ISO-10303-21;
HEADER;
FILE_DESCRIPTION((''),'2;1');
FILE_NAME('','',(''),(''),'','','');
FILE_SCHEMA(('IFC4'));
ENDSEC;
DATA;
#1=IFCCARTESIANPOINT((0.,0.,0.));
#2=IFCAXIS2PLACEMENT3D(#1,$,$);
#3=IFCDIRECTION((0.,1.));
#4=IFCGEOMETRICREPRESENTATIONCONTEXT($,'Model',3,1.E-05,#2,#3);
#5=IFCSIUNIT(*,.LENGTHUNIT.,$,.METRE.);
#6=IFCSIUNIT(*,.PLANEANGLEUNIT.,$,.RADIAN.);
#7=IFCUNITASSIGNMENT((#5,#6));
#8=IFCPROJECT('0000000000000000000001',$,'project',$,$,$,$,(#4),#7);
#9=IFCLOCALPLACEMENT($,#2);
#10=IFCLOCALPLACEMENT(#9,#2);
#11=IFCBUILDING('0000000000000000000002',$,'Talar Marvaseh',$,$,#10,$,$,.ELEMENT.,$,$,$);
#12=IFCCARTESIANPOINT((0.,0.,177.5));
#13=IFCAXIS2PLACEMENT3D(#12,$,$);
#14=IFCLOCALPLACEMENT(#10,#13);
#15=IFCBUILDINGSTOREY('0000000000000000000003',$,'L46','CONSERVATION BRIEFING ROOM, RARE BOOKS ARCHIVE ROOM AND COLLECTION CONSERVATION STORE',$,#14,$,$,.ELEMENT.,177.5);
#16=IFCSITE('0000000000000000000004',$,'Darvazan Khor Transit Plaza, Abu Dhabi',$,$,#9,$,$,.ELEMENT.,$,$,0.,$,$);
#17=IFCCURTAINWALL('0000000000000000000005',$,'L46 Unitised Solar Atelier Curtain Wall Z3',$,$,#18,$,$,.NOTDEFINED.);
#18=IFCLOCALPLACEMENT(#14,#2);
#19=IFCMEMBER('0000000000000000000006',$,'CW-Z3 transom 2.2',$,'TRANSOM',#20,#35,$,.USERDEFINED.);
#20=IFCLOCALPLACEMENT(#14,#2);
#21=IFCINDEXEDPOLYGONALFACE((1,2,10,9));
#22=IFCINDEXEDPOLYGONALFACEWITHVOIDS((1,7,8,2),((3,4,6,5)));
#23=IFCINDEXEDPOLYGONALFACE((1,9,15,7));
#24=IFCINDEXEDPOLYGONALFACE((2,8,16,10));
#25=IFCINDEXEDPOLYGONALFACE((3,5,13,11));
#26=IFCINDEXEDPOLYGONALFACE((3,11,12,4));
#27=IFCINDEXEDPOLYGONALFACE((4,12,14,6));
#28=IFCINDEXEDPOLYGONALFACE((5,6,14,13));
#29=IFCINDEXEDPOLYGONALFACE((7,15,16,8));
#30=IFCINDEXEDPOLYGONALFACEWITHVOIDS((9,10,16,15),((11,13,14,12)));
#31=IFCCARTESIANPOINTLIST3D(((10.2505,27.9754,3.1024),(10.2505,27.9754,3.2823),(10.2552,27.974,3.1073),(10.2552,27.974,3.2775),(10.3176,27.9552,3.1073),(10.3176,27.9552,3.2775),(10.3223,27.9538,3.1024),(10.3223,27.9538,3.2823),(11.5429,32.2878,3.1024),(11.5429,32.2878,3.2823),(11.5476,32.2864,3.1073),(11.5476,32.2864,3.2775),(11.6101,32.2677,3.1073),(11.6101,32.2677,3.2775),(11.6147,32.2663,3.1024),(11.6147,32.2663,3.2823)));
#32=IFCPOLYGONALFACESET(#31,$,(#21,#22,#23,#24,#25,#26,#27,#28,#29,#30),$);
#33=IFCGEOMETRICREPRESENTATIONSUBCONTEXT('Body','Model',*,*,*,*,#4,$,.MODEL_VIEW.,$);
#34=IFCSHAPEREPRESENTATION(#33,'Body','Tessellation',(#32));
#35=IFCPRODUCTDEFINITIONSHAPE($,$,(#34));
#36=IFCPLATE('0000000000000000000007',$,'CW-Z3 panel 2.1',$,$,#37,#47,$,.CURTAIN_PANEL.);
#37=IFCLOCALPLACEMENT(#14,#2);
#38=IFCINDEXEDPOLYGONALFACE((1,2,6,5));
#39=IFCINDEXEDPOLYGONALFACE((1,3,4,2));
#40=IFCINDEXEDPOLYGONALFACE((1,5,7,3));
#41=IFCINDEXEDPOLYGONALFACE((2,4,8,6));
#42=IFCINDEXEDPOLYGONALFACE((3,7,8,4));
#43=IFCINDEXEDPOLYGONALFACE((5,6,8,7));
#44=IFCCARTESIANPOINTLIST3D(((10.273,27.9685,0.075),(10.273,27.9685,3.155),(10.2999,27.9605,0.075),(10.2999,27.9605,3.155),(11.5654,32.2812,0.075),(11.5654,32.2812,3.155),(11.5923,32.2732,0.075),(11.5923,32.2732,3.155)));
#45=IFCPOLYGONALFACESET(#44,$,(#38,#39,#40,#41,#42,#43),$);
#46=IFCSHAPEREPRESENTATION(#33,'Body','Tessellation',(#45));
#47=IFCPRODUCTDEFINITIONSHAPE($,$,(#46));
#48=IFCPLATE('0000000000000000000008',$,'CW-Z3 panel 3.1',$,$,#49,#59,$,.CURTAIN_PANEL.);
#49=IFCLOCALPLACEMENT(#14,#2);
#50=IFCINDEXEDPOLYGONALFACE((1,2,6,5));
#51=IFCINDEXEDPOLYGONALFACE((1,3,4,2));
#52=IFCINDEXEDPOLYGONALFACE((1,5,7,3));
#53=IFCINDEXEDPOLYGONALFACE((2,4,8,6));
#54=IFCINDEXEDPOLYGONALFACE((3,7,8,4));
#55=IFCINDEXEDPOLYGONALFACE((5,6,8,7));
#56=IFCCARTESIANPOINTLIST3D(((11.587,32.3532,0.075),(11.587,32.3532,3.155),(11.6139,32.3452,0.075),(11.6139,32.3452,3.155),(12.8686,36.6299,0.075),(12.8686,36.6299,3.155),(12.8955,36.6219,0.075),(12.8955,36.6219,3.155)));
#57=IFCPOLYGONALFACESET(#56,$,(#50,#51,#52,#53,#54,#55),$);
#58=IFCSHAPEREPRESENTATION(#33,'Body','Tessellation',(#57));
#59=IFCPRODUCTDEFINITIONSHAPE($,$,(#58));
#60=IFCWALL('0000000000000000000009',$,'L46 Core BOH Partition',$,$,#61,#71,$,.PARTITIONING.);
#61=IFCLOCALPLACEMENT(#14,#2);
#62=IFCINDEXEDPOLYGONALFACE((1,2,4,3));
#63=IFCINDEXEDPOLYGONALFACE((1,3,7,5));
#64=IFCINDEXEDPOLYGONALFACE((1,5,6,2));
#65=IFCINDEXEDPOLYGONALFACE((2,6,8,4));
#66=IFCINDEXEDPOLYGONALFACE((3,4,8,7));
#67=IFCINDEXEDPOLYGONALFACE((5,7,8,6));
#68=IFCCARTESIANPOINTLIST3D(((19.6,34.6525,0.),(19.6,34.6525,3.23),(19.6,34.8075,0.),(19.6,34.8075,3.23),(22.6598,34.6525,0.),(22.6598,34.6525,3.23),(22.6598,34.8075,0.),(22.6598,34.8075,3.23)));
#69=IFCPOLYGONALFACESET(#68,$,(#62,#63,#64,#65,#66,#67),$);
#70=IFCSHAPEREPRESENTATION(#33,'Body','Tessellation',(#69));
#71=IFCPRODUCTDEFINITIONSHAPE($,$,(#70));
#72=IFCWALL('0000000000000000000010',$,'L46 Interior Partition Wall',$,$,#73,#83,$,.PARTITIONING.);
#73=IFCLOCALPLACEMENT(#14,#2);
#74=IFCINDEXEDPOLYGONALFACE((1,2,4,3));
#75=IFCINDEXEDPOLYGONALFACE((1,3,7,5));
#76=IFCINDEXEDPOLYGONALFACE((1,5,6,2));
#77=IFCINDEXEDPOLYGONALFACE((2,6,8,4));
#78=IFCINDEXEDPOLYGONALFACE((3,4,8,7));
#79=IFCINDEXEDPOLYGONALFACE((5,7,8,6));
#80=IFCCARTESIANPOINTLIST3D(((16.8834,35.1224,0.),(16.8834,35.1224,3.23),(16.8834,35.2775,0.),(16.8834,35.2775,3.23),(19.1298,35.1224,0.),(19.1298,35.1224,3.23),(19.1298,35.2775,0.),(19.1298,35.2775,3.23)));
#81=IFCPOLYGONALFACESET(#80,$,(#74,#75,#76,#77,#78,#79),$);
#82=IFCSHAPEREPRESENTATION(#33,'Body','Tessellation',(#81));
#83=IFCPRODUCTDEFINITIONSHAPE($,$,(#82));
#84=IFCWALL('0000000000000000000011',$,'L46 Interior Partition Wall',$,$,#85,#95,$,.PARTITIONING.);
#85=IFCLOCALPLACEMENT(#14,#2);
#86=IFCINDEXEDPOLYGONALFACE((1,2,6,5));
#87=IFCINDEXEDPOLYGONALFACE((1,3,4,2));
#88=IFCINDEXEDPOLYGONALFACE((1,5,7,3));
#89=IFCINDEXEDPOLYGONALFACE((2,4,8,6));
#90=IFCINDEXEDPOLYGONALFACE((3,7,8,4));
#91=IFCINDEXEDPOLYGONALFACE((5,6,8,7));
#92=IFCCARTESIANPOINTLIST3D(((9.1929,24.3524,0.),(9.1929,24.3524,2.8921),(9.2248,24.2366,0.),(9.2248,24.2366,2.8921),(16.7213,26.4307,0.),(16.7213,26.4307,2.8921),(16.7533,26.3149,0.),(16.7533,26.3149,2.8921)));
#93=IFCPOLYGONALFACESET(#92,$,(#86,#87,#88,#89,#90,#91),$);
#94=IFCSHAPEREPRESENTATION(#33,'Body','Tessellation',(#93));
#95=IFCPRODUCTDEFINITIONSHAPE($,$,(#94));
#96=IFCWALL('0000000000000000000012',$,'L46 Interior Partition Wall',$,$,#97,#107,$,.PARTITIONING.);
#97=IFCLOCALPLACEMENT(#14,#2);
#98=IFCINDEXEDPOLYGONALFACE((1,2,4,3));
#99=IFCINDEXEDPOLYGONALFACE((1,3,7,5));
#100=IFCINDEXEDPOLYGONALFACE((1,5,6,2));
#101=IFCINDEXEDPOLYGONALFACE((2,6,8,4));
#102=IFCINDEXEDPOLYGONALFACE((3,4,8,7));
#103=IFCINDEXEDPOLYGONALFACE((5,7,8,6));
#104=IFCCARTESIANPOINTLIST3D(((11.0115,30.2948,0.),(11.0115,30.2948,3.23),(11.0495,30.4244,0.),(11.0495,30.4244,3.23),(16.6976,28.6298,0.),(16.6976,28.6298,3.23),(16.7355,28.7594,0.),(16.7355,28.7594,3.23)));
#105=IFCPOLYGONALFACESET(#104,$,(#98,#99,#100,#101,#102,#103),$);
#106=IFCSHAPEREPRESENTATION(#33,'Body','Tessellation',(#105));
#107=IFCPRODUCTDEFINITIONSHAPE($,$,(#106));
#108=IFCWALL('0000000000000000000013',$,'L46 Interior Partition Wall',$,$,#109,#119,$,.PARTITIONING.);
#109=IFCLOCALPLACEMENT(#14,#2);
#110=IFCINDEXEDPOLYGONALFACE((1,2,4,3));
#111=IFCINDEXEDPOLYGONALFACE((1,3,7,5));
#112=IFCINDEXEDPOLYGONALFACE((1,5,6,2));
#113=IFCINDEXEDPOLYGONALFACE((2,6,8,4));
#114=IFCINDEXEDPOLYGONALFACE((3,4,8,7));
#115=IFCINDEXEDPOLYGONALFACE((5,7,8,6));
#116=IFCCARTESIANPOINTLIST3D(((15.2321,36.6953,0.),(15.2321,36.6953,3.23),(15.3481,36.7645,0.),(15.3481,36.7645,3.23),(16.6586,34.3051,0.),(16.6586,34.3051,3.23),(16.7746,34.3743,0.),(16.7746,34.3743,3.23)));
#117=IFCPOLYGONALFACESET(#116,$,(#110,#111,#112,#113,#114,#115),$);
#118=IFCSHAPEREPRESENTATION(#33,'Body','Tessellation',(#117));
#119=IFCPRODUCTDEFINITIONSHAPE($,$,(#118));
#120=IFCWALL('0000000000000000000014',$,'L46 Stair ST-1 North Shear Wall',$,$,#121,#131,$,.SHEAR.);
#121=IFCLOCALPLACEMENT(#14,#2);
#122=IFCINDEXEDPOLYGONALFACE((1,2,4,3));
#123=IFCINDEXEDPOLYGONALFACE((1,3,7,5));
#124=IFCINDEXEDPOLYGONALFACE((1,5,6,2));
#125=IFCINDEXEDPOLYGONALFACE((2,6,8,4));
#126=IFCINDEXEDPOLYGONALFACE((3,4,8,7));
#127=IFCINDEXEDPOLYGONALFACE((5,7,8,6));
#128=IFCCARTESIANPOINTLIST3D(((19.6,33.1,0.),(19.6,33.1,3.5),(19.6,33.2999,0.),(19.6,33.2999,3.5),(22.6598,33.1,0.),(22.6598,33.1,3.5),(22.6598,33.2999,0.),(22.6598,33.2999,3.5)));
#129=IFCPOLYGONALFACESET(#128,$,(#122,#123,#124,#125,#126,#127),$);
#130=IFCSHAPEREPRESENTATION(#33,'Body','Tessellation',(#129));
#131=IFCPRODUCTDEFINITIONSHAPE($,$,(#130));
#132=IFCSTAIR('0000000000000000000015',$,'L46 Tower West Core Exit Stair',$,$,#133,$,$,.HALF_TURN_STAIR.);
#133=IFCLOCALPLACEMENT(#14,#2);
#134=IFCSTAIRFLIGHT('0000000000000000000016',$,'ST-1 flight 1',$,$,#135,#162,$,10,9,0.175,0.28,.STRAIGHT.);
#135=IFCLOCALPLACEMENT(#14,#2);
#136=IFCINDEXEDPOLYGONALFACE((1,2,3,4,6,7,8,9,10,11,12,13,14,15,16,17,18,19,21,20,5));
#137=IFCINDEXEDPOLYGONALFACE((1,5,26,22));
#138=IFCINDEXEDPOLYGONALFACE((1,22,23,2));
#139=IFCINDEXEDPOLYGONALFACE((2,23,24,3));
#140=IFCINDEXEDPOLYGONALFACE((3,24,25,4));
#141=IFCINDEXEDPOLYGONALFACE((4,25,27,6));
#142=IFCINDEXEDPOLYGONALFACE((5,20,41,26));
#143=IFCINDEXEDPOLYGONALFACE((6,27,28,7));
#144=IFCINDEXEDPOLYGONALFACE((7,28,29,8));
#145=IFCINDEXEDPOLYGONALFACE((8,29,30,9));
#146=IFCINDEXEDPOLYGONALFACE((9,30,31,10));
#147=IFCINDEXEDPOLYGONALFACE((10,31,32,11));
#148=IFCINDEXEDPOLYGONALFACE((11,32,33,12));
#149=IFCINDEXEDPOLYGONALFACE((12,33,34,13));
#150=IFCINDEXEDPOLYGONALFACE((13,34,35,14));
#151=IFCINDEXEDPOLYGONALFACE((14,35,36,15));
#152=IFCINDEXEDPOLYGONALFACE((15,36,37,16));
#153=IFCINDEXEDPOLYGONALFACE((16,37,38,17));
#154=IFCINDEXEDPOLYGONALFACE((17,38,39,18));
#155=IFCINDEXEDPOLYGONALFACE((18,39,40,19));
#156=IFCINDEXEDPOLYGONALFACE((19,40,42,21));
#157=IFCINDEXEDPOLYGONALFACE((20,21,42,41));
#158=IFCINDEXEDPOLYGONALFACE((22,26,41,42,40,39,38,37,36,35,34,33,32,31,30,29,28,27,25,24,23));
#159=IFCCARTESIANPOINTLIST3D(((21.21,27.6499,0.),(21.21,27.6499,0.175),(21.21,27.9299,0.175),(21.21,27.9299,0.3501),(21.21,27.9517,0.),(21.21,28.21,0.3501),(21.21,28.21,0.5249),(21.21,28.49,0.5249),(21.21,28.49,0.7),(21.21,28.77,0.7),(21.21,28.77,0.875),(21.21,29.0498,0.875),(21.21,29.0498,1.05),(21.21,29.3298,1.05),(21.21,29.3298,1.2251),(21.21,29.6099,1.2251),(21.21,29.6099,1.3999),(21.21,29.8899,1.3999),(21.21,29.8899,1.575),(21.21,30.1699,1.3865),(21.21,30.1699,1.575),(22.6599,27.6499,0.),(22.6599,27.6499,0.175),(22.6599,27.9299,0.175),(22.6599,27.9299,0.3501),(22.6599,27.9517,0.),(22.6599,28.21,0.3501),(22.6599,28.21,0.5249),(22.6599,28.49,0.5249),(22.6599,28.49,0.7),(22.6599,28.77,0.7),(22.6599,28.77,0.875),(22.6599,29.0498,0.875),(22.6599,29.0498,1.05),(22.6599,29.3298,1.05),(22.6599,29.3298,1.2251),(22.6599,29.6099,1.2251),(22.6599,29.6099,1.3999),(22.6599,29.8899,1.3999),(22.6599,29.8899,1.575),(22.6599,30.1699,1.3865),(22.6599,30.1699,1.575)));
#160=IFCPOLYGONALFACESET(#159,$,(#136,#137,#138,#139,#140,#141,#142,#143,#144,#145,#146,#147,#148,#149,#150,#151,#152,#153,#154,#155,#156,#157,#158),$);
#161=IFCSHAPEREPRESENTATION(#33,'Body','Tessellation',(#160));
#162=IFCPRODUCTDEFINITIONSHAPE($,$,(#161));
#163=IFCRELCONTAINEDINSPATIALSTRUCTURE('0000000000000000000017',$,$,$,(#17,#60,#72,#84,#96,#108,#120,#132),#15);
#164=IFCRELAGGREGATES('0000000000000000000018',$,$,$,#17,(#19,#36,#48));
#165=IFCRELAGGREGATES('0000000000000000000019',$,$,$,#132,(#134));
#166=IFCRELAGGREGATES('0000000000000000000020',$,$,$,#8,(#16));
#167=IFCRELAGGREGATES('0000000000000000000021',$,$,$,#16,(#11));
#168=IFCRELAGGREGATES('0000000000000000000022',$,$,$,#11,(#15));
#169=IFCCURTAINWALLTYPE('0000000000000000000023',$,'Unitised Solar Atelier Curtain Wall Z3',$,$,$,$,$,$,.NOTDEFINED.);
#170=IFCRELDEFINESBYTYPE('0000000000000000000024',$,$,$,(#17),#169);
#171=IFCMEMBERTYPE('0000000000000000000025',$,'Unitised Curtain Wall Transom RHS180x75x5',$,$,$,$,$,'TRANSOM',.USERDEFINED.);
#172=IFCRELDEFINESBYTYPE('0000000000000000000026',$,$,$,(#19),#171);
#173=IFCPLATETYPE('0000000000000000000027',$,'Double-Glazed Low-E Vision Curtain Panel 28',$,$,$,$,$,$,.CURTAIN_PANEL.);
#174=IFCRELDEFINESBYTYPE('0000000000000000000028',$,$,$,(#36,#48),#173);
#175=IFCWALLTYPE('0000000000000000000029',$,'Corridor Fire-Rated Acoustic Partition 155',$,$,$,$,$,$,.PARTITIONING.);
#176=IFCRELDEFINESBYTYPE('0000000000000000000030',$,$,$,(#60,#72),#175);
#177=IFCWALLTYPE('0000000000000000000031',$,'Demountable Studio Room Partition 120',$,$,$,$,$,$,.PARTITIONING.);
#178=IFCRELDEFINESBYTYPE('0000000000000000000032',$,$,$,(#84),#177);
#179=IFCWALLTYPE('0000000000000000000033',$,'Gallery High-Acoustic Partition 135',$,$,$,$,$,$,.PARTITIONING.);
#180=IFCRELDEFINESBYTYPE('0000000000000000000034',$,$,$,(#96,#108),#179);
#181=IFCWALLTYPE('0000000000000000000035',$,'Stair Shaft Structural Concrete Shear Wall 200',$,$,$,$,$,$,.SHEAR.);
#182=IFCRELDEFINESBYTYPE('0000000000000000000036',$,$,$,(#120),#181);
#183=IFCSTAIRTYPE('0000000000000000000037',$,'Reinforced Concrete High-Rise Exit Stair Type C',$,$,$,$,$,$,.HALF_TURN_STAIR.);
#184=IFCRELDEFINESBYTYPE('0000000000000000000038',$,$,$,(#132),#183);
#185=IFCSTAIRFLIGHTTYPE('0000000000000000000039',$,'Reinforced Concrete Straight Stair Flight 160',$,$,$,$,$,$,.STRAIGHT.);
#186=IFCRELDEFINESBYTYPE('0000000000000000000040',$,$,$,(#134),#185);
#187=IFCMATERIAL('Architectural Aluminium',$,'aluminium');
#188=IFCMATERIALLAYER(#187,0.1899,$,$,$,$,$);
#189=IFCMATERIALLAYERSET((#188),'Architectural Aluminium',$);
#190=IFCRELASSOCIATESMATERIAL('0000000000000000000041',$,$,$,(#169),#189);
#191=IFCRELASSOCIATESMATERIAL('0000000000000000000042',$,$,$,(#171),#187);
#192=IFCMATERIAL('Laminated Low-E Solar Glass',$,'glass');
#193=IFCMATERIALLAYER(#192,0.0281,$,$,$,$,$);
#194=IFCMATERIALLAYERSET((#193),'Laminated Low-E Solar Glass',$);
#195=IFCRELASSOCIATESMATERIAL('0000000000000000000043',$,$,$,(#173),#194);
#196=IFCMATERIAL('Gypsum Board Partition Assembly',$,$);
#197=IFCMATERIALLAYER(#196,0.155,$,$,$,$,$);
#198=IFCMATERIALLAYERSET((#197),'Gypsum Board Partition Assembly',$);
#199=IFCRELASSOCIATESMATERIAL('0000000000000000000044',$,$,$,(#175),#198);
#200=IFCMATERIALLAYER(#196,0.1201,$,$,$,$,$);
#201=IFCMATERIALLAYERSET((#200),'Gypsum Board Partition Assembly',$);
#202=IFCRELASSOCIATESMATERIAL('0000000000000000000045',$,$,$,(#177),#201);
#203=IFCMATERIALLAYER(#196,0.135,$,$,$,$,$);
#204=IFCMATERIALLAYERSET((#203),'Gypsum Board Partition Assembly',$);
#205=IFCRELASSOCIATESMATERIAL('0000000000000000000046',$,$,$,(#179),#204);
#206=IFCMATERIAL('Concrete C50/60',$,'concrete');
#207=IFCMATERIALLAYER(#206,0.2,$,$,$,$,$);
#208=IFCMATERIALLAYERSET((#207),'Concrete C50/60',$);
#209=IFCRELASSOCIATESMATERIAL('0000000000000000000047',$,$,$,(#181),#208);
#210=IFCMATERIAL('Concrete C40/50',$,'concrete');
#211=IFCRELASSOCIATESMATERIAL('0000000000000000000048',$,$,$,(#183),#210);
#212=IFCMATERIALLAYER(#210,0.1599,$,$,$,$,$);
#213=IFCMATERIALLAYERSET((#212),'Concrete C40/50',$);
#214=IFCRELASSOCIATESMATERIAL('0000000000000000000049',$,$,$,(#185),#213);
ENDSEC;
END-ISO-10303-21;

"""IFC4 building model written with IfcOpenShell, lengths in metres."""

from ifc_helpers import new_model, si_unit, direction, frame, frame_2d, origin, origin_2d, place, context, subcontext, project, spatial, polyline, rectangle, hollow_rectangle, outline, extrude, source, transform, mapped, material, layer, layer_set, material_profile, profile_set, type_object, type_shapes, element, aggregate, save


model = new_model("IFC4")

# Units and contexts
model_context = context("Model", 3, precision=1e-05, world=origin(), true_north=direction((0.0, 1.0)))
body_context = subcontext(model_context, "Body", "Model", "MODEL_VIEW")
ifc_project = project(units=[si_unit("LENGTHUNIT", "METRE"), si_unit("PLANEANGLEUNIT", "RADIAN")], contexts=[model_context])

# Site, building, storey
site_placement = place(None, origin())
site = spatial("IfcSite", under=ifc_project, at=site_placement, Name="Darvazan Khor Transit Plaza, Abu Dhabi", CompositionType="ELEMENT", RefElevation=0.0)
building_placement = place(site_placement, origin())
building = spatial("IfcBuilding", under=site, at=building_placement, Name="Talar Marvaseh", CompositionType="ELEMENT")
storey_placement = place(building_placement, frame((0.0, 0.0, 177.5)))
storey = spatial("IfcBuildingStorey", under=building, at=storey_placement, Name="L46", Description="CONSERVATION BRIEFING ROOM, RARE BOOKS ARCHIVE ROOM AND COLLECTION CONSERVATION STORE", CompositionType="ELEMENT", Elevation=177.5)

# Curtain wall, member, plates
ifc_material_1 = material(Name="Architectural Aluminium", Category="aluminium")
ifc_layer_1 = layer(ifc_material_1, 0.1899)
ifc_layer_set_1 = layer_set([ifc_layer_1], Name="Architectural Aluminium")
curtain_wall_type = type_object("IfcCurtainWallType", Name="Unitised Solar Atelier Curtain Wall Z3", PredefinedType="NOTDEFINED", material=ifc_layer_set_1)
curtain_wall_placement = place(storey_placement, origin())
curtain_wall = element("IfcCurtainWall", 1, at=curtain_wall_placement, inside=storey, type_object=curtain_wall_type, Name="L46 Unitised Solar Atelier Curtain Wall Z3", PredefinedType="NOTDEFINED")
ifc_material_profile_1 = material_profile(ifc_material_1, hollow_rectangle(XDim=0.075, YDim=0.1799, WallThickness=0.0049, at=origin_2d()), Name="RHS180x75x5")
ifc_profile_set_1 = profile_set([ifc_material_profile_1], Name="Architectural Aluminium")
member_type_1 = type_object("IfcMemberType", Name="Unitised Curtain Wall Transom RHS180x75x5", ElementType="TRANSOM", PredefinedType="USERDEFINED", material=ifc_profile_set_1)
shared_shape_1 = source(origin(), body_context, "Body", "SweptSolid", [
    extrude(hollow_rectangle(XDim=0.075, YDim=0.1799, WallThickness=0.0049, at=origin_2d()), origin(), (0.0, 0.0, 1.0), 4.502),
])
member_1_placement = place(storey_placement, frame((10.2864, 27.9646, 3.1924), z_axis=(0.287089, 0.957904, 0.0), x_axis=(-0.957904, 0.287089, 0.0)))
member_1 = element("IfcMember", 2, at=member_1_placement, type_object=member_type_1, Name="CW-Z3 transom 2.2", ObjectType="TRANSOM", PredefinedType="USERDEFINED", context=body_context, shape_type="MappedRepresentation", body=[
    mapped(shared_shape_1, transform((0.0, 0.0, 0.0), x_axis=(1.0, 0.0, 0.0), y_axis=(0.0, 1.0, 0.0), z_axis=(0.0, 0.0, 1.0), scale=1.0)),
])
ifc_material_2 = material(Name="Laminated Low-E Solar Glass", Category="glass")
ifc_layer_2 = layer(ifc_material_2, 0.0281)
ifc_layer_set_2 = layer_set([ifc_layer_2], Name="Laminated Low-E Solar Glass")
plate_type = type_object("IfcPlateType", Name="Double-Glazed Low-E Vision Curtain Panel 28", PredefinedType="CURTAIN_PANEL", material=ifc_layer_set_2)
shared_shape_2 = source(origin(), body_context, "Body", "SweptSolid", [
    extrude(rectangle(XDim=4.5022, YDim=0.0281, at=origin_2d()), origin(), (0.0, 0.0, 1.0), 3.0801),
])
plate_1_placement = place(storey_placement, frame((10.9326, 30.1208, 0.075), z_axis=(0.0, 0.0, 1.0), x_axis=(0.28706, 0.957913, 0.0)))
plate_1 = element("IfcPlate", 3, at=plate_1_placement, type_object=plate_type, Name="CW-Z3 panel 2.1", PredefinedType="CURTAIN_PANEL", context=body_context, shape_type="MappedRepresentation", body=[
    mapped(shared_shape_2, transform((0.0, 0.0, 0.0), x_axis=(1.0, 0.0, 0.0), y_axis=(0.0, 1.0, 0.0), z_axis=(0.0, 0.0, 1.0), scale=1.0)),
])
shared_shape_3 = source(origin(), body_context, "Body", "SweptSolid", [
    extrude(rectangle(XDim=4.4646, YDim=0.0281, at=origin_2d()), origin(), (0.0, 0.0, 1.0), 3.0801),
])
type_shapes(plate_type, [shared_shape_2, shared_shape_3])
plate_2_placement = place(storey_placement, frame((12.2412, 34.4875, 0.075), z_axis=(0.0, 0.0, 1.0), x_axis=(0.28706, 0.957913, 0.0)))
plate_2 = element("IfcPlate", 4, at=plate_2_placement, type_object=plate_type, Name="CW-Z3 panel 3.1", PredefinedType="CURTAIN_PANEL", context=body_context, shape_type="MappedRepresentation", body=[
    mapped(shared_shape_3, transform((0.0, 0.0, 0.0), x_axis=(1.0, 0.0, 0.0), y_axis=(0.0, 1.0, 0.0), z_axis=(0.0, 0.0, 1.0), scale=1.0)),
])
aggregate(curtain_wall, [member_1, plate_1, plate_2])

# Walls
ifc_material_3 = material(Name="Gypsum Board Partition Assembly")
ifc_layer_3 = layer(ifc_material_3, 0.155)
ifc_layer_set_3 = layer_set([ifc_layer_3], Name="Gypsum Board Partition Assembly")
wall_type_1 = type_object("IfcWallType", Name="Corridor Fire-Rated Acoustic Partition 155", PredefinedType="PARTITIONING", material=ifc_layer_set_3)
wall_1_placement = place(storey_placement, frame((19.6001, 34.73, 0.0), z_axis=(0.0, 0.0, 1.0), x_axis=(1.0, 0.0, 0.0)))
element("IfcWall", 5, at=wall_1_placement, inside=storey, type_object=wall_type_1, Name="L46 Core BOH Partition", PredefinedType="PARTITIONING", context=body_context, shape_type="SweptSolid", body=[
    extrude(rectangle(XDim=3.0598, YDim=0.155, at=frame_2d((1.5298, 0.0))), origin(), (0.0, 0.0, 1.0), 3.23),
])
wall_2_placement = place(storey_placement, frame((16.8835, 35.2, 0.0), z_axis=(0.0, 0.0, 1.0), x_axis=(1.0, 0.0, 0.0)))
element("IfcWall", 6, at=wall_2_placement, inside=storey, type_object=wall_type_1, Name="L46 Interior Partition Wall", PredefinedType="PARTITIONING", context=body_context, shape_type="SweptSolid", body=[
    extrude(rectangle(XDim=2.2463, YDim=0.155, at=frame_2d((1.123, 0.0))), origin(), (0.0, 0.0, 1.0), 3.23),
])
ifc_layer_4 = layer(ifc_material_3, 0.1201)
ifc_layer_set_4 = layer_set([ifc_layer_4], Name="Gypsum Board Partition Assembly")
wall_type_2 = type_object("IfcWallType", Name="Demountable Studio Room Partition 120", PredefinedType="PARTITIONING", material=ifc_layer_set_4)
wall_3_placement = place(storey_placement, frame((16.7373, 26.3728, 0.0), z_axis=(0.0, 0.0, 1.0), x_axis=(-0.963943, -0.26611, 0.0)))
element("IfcWall", 7, at=wall_3_placement, inside=storey, type_object=wall_type_2, Name="L46 Interior Partition Wall", PredefinedType="PARTITIONING", context=body_context, shape_type="SweptSolid", body=[
    extrude(rectangle(XDim=7.8101, YDim=0.1201, at=frame_2d((3.905, 0.0))), origin(), (0.0, 0.0, 1.0), 2.8921),
])
ifc_layer_5 = layer(ifc_material_3, 0.135)
ifc_layer_set_5 = layer_set([ifc_layer_5], Name="Gypsum Board Partition Assembly")
wall_type_3 = type_object("IfcWallType", Name="Gallery High-Acoustic Partition 135", PredefinedType="PARTITIONING", material=ifc_layer_set_5)
wall_4_placement = place(storey_placement, frame((11.0305, 30.3596, 0.0), z_axis=(0.0, 0.0, 1.0), x_axis=(0.959699, -0.281028, 0.0)))
element("IfcWall", 8, at=wall_4_placement, inside=storey, type_object=wall_type_3, Name="L46 Interior Partition Wall", PredefinedType="PARTITIONING", context=body_context, shape_type="SweptSolid", body=[
    extrude(rectangle(XDim=5.9248, YDim=0.135, at=frame_2d((2.9624, 0.0))), origin(), (0.0, 0.0, 1.0), 3.23),
])
wall_5_placement = place(storey_placement, frame((16.7166, 34.3398, 0.0), z_axis=(0.0, 0.0, 1.0), x_axis=(-0.512495, 0.85869, 0.0)))
element("IfcWall", 9, at=wall_5_placement, inside=storey, type_object=wall_type_3, Name="L46 Interior Partition Wall", PredefinedType="PARTITIONING", context=body_context, shape_type="SweptSolid", body=[
    extrude(rectangle(XDim=2.7834, YDim=0.135, at=frame_2d((1.3916, 0.0))), origin(), (0.0, 0.0, 1.0), 3.23),
])
ifc_material_4 = material(Name="Concrete C50/60", Category="concrete")
ifc_layer_6 = layer(ifc_material_4, 0.2)
ifc_layer_set_6 = layer_set([ifc_layer_6], Name="Concrete C50/60")
wall_type_4 = type_object("IfcWallType", Name="Stair Shaft Structural Concrete Shear Wall 200", PredefinedType="SHEAR", material=ifc_layer_set_6)
wall_6_placement = place(storey_placement, frame((19.6001, 33.2, 0.0), z_axis=(0.0, 0.0, 1.0), x_axis=(1.0, 0.0, 0.0)))
element("IfcWall", 10, at=wall_6_placement, inside=storey, type_object=wall_type_4, Name="L46 Stair ST-1 North Shear Wall", PredefinedType="SHEAR", context=body_context, shape_type="SweptSolid", body=[
    extrude(rectangle(XDim=3.0598, YDim=0.2, at=frame_2d((1.5298, 0.0))), origin(), (0.0, 0.0, 1.0), 3.5),
])

# Stair, stair flight
ifc_material_5 = material(Name="Concrete C40/50", Category="concrete")
stair_type = type_object("IfcStairType", Name="Reinforced Concrete High-Rise Exit Stair Type C", PredefinedType="HALF_TURN_STAIR", material=ifc_material_5)
stair_placement = place(storey_placement, origin())
stair = element("IfcStair", 11, at=stair_placement, inside=storey, type_object=stair_type, Name="L46 Tower West Core Exit Stair", PredefinedType="HALF_TURN_STAIR")
ifc_layer_7 = layer(ifc_material_5, 0.1599)
ifc_layer_set_7 = layer_set([ifc_layer_7], Name="Concrete C40/50")
stair_flight_type = type_object("IfcStairFlightType", Name="Reinforced Concrete Straight Stair Flight 160", PredefinedType="STRAIGHT", material=ifc_layer_set_7)
stair_flight_1_placement = place(storey_placement, frame((21.9351, 27.6499, 0.0), z_axis=(0.0, 0.0, 1.0), x_axis=(0.0, 1.0, 0.0)))
stair_flight_1 = element("IfcStairFlight", 12, at=stair_flight_1_placement, type_object=stair_flight_type, Name="ST-1 flight 1", NumberOfRisers=10, NumberOfTreads=9, PredefinedType="STRAIGHT", RiserHeight=0.175, TreadLength=0.28, context=body_context, shape_type="SweptSolid", body=[
    extrude(outline(polyline([(0.0, 0.0), (0.0, 0.175), (0.28, 0.175), (0.28, 0.3501), (0.5601, 0.3501), (0.5601, 0.5249), (0.8401, 0.5249), (0.8401, 0.7), (1.1201, 0.7), (1.1201, 0.875), (1.3999, 0.875), (1.3999, 1.05), (1.6799, 1.05), (1.6799, 1.2251), (1.96, 1.2251), (1.96, 1.3999), (2.24, 1.3999), (2.24, 1.575), (2.52, 1.575), (2.52, 1.75), (2.52, 1.3865), (0.3018, 0.0), (0.0, 0.0)])), frame((0.0, 0.7251, 0.0), z_axis=(0.0, -1.0, 0.0), x_axis=(1.0, 0.0, 0.0)), (0.0, 0.0, 1.0), 1.45),
])
aggregate(stair, [stair_flight_1])

save(model, "model.ifc")
